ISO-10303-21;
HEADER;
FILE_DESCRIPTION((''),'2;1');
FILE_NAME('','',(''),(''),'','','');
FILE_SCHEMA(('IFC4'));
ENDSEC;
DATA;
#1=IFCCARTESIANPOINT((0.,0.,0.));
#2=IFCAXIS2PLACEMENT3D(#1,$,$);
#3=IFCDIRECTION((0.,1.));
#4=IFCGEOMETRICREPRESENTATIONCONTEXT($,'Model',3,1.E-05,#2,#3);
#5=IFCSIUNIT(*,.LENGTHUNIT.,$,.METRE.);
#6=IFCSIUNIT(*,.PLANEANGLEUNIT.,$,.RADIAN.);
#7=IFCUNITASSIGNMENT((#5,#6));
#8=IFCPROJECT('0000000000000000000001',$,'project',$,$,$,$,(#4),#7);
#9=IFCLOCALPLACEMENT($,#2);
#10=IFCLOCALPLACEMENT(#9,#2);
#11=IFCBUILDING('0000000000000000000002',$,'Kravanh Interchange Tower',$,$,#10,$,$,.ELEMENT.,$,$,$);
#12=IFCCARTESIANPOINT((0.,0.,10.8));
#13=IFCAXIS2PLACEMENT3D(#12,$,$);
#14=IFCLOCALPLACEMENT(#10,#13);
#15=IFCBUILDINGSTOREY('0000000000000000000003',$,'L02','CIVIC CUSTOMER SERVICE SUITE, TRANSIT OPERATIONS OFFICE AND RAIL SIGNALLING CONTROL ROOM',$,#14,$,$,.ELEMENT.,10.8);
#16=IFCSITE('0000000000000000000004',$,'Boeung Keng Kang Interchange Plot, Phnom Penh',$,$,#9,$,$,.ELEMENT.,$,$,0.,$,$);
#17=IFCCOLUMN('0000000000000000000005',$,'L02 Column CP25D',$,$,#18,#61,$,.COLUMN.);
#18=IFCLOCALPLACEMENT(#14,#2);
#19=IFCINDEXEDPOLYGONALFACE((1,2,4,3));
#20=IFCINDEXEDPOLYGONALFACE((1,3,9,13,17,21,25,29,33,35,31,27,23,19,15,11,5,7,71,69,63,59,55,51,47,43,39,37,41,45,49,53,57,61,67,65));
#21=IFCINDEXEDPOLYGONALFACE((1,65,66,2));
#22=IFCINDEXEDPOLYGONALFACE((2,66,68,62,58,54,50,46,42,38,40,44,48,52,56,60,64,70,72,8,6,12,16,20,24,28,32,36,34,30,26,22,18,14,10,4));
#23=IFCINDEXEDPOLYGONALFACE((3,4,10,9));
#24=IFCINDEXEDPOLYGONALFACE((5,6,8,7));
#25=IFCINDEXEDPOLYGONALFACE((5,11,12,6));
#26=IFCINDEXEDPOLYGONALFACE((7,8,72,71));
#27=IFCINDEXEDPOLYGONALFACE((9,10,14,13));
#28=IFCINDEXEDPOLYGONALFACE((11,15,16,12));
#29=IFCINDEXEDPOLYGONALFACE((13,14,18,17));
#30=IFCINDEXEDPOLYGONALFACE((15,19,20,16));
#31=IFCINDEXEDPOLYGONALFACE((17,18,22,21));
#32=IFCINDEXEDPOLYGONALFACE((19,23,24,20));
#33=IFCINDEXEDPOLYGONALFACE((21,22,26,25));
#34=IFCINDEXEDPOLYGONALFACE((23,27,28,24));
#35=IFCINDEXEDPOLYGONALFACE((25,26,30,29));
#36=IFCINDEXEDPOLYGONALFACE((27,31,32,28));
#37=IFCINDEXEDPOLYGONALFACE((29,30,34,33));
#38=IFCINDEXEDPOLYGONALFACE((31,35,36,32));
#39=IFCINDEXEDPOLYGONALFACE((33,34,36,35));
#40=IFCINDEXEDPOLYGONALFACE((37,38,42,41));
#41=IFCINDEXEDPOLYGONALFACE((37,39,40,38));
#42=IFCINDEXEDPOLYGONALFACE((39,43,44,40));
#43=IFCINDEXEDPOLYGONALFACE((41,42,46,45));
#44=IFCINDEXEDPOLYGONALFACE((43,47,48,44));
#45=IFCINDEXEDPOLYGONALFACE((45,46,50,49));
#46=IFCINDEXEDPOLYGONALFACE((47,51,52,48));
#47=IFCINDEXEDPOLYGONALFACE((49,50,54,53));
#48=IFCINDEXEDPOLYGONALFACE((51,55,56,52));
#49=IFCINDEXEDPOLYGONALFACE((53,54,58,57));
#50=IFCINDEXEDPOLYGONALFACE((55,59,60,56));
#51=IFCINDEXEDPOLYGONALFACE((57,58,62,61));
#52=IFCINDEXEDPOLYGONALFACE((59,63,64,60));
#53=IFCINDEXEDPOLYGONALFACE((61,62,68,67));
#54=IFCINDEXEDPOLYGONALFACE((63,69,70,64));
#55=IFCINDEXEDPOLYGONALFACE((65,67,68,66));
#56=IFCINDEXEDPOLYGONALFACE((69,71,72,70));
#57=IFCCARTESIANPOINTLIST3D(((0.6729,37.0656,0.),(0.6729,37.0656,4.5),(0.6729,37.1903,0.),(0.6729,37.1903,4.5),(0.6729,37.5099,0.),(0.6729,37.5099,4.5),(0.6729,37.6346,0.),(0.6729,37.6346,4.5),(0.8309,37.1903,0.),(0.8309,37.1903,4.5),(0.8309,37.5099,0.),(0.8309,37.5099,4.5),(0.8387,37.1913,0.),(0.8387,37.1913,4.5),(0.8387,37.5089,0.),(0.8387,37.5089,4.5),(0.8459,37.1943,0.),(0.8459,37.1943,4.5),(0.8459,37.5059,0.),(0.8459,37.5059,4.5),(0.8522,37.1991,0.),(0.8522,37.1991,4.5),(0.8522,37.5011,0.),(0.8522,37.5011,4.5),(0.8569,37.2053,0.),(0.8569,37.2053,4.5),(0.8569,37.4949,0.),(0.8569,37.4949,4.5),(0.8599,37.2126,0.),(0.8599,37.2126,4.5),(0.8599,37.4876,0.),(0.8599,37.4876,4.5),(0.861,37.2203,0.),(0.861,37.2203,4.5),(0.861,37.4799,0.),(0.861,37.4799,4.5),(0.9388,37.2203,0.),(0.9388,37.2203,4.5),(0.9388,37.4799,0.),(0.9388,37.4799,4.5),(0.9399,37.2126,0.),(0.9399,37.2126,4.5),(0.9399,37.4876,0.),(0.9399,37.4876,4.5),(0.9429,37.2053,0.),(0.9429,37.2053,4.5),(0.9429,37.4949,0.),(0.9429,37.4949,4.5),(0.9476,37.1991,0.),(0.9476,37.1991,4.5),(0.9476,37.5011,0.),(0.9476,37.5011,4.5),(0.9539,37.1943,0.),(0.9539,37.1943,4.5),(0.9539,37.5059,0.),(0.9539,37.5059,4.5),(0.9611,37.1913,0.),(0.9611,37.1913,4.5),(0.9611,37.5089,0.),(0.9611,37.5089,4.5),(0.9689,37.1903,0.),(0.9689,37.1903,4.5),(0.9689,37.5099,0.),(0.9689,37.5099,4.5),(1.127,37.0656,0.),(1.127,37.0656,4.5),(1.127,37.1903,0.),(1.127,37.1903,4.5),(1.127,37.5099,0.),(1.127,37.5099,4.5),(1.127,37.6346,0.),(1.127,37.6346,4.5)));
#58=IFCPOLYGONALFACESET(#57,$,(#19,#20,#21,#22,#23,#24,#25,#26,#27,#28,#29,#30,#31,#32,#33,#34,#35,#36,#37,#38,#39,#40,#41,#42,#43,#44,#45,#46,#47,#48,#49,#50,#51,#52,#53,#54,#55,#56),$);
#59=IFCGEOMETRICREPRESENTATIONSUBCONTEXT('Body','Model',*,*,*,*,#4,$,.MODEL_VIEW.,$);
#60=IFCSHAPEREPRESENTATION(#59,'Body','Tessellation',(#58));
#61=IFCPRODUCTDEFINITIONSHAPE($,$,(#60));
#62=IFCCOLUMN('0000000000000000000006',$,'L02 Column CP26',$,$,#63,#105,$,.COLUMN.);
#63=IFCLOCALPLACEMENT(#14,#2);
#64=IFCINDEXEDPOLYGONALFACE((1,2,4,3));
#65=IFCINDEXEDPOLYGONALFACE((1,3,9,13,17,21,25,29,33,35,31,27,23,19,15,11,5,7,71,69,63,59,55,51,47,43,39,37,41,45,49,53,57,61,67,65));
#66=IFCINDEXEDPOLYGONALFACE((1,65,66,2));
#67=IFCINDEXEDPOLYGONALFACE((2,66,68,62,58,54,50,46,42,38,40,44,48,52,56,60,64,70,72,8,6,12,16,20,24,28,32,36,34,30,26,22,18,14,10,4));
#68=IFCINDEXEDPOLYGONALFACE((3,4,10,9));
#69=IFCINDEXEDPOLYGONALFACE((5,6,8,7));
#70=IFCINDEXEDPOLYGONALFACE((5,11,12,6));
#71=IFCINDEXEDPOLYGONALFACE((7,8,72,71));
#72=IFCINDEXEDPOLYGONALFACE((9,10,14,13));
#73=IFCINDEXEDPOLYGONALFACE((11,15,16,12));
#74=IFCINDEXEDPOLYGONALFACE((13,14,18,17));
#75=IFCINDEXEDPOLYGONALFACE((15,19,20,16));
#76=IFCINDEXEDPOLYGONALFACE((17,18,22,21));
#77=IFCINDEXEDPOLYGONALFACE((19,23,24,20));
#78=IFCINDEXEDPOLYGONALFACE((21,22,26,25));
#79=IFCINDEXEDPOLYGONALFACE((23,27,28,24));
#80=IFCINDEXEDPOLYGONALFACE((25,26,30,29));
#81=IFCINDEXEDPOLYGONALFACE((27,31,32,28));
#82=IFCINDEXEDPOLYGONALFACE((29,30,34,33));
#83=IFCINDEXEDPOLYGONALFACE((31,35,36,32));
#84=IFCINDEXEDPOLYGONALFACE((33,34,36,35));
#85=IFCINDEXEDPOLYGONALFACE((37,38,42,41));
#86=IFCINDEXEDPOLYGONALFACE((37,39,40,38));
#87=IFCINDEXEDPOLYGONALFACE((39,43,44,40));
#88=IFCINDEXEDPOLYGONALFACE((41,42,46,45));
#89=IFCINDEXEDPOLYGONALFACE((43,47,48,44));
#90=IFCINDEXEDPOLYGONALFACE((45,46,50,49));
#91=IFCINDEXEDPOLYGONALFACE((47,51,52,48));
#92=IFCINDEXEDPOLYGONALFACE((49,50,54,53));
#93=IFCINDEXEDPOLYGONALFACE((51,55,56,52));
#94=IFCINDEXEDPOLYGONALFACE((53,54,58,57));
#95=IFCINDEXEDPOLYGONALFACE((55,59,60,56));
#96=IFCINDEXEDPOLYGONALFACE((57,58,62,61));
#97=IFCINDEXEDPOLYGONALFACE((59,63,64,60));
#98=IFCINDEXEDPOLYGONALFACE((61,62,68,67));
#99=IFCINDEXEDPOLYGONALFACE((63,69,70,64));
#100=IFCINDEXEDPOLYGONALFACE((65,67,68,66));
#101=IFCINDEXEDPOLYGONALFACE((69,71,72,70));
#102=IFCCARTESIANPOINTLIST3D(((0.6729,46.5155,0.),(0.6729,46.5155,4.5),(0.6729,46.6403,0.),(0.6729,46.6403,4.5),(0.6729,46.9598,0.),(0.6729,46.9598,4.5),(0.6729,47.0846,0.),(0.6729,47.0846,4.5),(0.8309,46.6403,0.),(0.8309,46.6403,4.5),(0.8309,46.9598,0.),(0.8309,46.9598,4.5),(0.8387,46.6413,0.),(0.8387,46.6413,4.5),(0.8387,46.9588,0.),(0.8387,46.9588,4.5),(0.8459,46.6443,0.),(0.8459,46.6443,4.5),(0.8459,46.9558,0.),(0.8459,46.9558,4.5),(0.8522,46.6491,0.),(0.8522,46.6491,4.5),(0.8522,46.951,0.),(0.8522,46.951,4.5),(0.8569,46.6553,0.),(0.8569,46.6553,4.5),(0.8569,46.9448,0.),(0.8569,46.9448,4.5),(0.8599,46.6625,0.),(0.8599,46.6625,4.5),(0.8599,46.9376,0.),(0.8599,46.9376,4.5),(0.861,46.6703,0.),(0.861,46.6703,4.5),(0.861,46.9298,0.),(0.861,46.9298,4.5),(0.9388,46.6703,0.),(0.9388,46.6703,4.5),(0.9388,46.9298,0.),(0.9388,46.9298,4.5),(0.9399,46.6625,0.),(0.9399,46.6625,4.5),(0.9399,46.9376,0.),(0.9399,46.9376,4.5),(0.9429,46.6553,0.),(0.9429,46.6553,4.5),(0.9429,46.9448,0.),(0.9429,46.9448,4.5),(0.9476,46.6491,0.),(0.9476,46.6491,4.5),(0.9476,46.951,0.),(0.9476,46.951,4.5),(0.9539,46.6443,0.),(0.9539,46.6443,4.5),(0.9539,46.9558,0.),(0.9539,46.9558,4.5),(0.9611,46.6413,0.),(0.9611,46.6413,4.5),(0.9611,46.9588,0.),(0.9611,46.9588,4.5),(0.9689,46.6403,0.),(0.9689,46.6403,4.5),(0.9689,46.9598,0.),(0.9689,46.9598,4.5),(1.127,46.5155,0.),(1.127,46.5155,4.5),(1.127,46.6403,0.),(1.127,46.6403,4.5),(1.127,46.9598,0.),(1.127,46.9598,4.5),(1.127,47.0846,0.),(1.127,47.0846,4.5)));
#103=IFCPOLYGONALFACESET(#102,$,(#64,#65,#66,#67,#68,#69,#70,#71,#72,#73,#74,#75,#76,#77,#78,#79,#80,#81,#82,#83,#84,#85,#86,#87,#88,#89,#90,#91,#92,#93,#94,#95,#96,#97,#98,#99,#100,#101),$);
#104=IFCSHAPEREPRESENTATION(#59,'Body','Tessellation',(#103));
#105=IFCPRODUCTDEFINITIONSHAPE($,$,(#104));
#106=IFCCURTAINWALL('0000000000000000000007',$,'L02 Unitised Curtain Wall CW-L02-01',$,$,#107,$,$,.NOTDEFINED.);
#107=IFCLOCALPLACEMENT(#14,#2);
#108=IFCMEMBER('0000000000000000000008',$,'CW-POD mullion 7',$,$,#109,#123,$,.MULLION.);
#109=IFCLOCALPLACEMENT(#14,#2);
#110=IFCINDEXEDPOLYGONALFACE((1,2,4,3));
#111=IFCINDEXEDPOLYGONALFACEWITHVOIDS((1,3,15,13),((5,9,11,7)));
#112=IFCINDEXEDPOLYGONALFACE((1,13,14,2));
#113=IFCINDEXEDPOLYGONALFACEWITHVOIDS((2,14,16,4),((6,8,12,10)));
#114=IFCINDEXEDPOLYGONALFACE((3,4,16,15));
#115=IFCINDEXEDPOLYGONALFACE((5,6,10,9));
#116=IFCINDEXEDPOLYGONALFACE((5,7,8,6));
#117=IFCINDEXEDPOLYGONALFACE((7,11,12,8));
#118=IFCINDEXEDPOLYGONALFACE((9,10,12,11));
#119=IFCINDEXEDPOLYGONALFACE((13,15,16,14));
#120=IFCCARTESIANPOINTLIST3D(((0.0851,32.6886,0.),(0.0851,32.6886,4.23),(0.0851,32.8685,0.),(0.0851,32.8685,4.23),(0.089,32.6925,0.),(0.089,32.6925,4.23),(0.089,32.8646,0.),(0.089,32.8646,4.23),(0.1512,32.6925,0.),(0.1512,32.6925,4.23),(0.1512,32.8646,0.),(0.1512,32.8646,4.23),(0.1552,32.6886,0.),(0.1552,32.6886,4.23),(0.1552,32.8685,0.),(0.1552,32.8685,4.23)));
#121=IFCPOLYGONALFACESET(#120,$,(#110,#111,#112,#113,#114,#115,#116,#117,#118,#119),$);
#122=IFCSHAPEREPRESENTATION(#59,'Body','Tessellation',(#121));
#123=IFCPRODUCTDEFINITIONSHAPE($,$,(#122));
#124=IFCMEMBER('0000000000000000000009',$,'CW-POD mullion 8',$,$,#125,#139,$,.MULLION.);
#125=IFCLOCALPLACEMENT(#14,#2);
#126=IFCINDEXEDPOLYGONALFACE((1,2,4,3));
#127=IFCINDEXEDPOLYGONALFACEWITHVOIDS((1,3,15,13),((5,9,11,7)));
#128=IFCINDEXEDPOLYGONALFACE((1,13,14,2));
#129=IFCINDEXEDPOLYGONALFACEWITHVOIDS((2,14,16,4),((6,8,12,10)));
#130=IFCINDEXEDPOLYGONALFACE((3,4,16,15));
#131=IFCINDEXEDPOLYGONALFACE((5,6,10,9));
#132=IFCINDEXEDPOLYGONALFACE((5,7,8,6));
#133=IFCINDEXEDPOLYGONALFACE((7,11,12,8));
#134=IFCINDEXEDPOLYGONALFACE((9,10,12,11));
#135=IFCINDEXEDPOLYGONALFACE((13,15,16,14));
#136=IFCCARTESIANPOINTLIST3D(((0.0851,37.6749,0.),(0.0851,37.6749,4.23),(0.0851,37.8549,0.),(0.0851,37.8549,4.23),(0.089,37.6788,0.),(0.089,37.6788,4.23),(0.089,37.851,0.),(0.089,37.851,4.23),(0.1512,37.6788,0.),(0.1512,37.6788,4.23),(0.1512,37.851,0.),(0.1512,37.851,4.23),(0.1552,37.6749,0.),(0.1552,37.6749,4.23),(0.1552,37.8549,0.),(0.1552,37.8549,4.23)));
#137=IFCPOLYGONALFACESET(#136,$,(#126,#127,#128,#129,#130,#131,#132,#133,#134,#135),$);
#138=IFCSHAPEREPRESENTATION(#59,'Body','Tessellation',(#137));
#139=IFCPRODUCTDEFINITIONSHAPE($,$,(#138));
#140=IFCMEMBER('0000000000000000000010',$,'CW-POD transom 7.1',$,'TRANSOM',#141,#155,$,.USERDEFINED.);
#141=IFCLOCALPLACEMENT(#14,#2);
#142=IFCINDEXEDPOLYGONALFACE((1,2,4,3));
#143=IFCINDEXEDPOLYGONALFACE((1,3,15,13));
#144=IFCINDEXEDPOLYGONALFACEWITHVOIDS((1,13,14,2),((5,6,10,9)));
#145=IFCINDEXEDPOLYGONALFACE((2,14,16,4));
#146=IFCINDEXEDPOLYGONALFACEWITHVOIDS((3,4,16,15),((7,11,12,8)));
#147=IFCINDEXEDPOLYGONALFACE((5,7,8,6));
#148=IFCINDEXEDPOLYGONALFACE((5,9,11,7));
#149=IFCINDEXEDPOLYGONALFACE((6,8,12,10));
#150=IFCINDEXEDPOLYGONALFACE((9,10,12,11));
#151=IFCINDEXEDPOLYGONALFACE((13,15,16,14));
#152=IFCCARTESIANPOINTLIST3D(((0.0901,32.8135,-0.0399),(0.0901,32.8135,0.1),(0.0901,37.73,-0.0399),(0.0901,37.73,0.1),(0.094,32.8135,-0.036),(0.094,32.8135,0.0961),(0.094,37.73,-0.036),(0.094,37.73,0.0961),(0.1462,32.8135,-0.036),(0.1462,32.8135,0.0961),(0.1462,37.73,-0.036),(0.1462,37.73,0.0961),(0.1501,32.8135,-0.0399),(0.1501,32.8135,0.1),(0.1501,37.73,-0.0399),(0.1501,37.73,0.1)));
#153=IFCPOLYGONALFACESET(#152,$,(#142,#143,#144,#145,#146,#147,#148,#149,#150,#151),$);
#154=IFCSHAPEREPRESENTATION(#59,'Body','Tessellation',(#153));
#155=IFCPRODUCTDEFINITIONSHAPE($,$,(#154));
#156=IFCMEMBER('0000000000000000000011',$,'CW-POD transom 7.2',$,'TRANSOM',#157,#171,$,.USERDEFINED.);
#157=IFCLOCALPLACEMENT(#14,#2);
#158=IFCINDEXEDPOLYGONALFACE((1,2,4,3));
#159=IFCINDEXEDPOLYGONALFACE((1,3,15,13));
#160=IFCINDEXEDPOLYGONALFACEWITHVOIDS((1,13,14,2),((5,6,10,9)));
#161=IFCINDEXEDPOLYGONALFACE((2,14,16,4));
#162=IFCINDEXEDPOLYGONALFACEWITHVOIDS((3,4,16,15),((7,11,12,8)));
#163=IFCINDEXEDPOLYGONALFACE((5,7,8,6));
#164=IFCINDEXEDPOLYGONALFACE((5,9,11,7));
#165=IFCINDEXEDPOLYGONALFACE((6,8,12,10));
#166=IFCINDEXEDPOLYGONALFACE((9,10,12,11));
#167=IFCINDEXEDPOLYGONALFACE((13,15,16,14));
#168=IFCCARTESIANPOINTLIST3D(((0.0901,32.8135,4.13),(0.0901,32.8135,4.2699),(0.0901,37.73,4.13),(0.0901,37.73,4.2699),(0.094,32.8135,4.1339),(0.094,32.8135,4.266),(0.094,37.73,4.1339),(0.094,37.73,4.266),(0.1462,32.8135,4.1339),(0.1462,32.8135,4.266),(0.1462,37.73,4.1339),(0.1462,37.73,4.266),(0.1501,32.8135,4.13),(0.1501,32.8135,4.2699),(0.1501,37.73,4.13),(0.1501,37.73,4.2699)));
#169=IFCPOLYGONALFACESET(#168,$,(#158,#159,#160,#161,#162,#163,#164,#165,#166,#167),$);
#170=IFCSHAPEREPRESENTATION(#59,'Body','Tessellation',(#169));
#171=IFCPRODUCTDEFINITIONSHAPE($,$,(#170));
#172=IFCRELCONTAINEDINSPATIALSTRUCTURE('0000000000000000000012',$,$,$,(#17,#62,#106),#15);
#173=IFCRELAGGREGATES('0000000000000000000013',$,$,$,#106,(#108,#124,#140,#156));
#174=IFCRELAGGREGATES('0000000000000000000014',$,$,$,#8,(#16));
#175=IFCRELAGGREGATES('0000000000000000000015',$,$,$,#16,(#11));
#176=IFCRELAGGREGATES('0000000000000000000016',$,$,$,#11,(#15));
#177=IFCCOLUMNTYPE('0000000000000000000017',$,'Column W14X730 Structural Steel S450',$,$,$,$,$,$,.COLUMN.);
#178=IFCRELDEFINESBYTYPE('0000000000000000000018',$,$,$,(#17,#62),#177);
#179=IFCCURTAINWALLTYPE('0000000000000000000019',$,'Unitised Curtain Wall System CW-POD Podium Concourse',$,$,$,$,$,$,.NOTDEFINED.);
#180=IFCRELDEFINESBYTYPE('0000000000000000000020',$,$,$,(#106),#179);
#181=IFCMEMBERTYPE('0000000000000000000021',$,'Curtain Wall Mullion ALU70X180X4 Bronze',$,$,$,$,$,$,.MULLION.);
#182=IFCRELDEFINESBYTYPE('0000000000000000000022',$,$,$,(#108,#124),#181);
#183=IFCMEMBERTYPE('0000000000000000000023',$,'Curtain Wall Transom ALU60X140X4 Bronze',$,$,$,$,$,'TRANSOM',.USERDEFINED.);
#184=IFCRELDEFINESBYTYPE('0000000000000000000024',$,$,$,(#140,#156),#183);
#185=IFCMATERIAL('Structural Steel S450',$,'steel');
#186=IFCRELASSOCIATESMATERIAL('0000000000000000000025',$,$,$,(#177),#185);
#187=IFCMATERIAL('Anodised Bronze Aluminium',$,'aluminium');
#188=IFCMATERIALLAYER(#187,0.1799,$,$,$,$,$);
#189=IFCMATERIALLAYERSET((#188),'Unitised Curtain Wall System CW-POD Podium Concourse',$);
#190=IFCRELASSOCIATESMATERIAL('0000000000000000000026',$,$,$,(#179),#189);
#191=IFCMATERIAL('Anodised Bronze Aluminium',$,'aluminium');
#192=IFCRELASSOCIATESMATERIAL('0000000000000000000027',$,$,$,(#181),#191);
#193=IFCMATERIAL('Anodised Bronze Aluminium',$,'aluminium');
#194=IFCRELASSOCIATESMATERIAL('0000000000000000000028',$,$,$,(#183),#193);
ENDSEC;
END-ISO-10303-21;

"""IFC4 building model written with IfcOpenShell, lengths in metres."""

from ifc_helpers import new_model, si_unit, direction, frame, origin, origin_2d, place, context, subcontext, project, spatial, hollow_rectangle, i_section, extrude, material, layer, layer_set, material_profile, profile_set, type_object, element, aggregate, save


model = new_model("IFC4")

# Units and contexts
model_context = context("Model", 3, precision=1e-05, world=origin(), true_north=direction((0.0, 1.0)))
body_context = subcontext(model_context, "Body", "Model", "MODEL_VIEW")
ifc_project = project(units=[si_unit("LENGTHUNIT", "METRE"), si_unit("PLANEANGLEUNIT", "RADIAN")], contexts=[model_context])

# Site, building, storey
site_placement = place(None, origin())
site = spatial("IfcSite", under=ifc_project, at=site_placement, Name="Boeung Keng Kang Interchange Plot, Phnom Penh", CompositionType="ELEMENT", RefElevation=0.0)
building_placement = place(site_placement, origin())
building = spatial("IfcBuilding", under=site, at=building_placement, Name="Kravanh Interchange Tower", CompositionType="ELEMENT")
storey_placement = place(building_placement, frame((0.0, 0.0, 10.8)))
storey = spatial("IfcBuildingStorey", under=building, at=storey_placement, Name="L02", Description="CIVIC CUSTOMER SERVICE SUITE, TRANSIT OPERATIONS OFFICE AND RAIL SIGNALLING CONTROL ROOM", CompositionType="ELEMENT", Elevation=10.8)

# Columns
ifc_material_1 = material(Name="Structural Steel S450", Category="steel")
ifc_material_profile_1 = material_profile(ifc_material_1, i_section(OverallWidth=0.4541, OverallDepth=0.5691, WebThickness=0.0779, FlangeThickness=0.1248, FilletRadius=0.03, at=origin_2d()), Name="W14X730")
ifc_profile_set_1 = profile_set([ifc_material_profile_1], Name="Structural Steel S450")
column_type = type_object("IfcColumnType", Name="Column W14X730 Structural Steel S450", PredefinedType="COLUMN", material=ifc_profile_set_1)
for number, where, z_axis, x_axis, name in (
    (1, (0.8999, 37.3501, 0.0), (0.0, 0.0, 1.0), (1.0, 0.0, 0.0), "L02 Column CP25D"),
    (2, (0.8999, 46.8, 0.0), (0.0, 0.0, 1.0), (1.0, 0.0, 0.0), "L02 Column CP26"),
):
    element("IfcColumn", number, at=place(storey_placement, frame(where, z_axis=z_axis, x_axis=x_axis)), inside=storey, type_object=column_type, Name=name, PredefinedType="COLUMN", context=body_context, shape_type="SweptSolid", body=[
        extrude(i_section(OverallWidth=0.4541, OverallDepth=0.5691, WebThickness=0.0779, FlangeThickness=0.1248, FilletRadius=0.03, at=origin_2d()), origin(), (0.0, 0.0, 1.0), 4.5),
    ])

# Curtain wall, members
ifc_material_2 = material(Name="Anodised Bronze Aluminium", Category="aluminium")
ifc_layer_1 = layer(ifc_material_2, 0.1799)
ifc_layer_set_1 = layer_set([ifc_layer_1], Name="Unitised Curtain Wall System CW-POD Podium Concourse")
curtain_wall_type = type_object("IfcCurtainWallType", Name="Unitised Curtain Wall System CW-POD Podium Concourse", PredefinedType="NOTDEFINED", material=ifc_layer_set_1)
curtain_wall_placement = place(storey_placement, origin())
curtain_wall = element("IfcCurtainWall", 3, at=curtain_wall_placement, inside=storey, type_object=curtain_wall_type, Name="L02 Unitised Curtain Wall CW-L02-01", PredefinedType="NOTDEFINED")
ifc_material_3 = material(Name="Anodised Bronze Aluminium", Category="aluminium")
ifc_material_profile_2 = material_profile(ifc_material_3, hollow_rectangle(XDim=0.0701, YDim=0.1799, WallThickness=0.0039, at=origin_2d()), Name="ALU70X180X4")
ifc_profile_set_2 = profile_set([ifc_material_profile_2], Name="Anodised Bronze Aluminium")
member_type_1 = type_object("IfcMemberType", Name="Curtain Wall Mullion ALU70X180X4 Bronze", PredefinedType="MULLION", material=ifc_profile_set_2)
member_1_placement = place(storey_placement, frame((0.1201, 32.7786, 0.0), z_axis=(0.0, 0.0, 1.0), x_axis=(-1.0, 0.0, 0.0)))
member_1 = element("IfcMember", 4, at=member_1_placement, type_object=member_type_1, Name="CW-POD mullion 7", PredefinedType="MULLION", context=body_context, shape_type="SweptSolid", body=[
    extrude(hollow_rectangle(XDim=0.0701, YDim=0.1799, WallThickness=0.0039, at=origin_2d()), origin(), (0.0, 0.0, 1.0), 4.23),
])
member_2_placement = place(storey_placement, frame((0.1201, 37.7649, 0.0), z_axis=(0.0, 0.0, 1.0), x_axis=(-1.0, 0.0, 0.0)))
member_2 = element("IfcMember", 5, at=member_2_placement, type_object=member_type_1, Name="CW-POD mullion 8", PredefinedType="MULLION", context=body_context, shape_type="SweptSolid", body=[
    extrude(hollow_rectangle(XDim=0.0701, YDim=0.1799, WallThickness=0.0039, at=origin_2d()), origin(), (0.0, 0.0, 1.0), 4.23),
])
ifc_material_4 = material(Name="Anodised Bronze Aluminium", Category="aluminium")
ifc_material_profile_3 = material_profile(ifc_material_4, hollow_rectangle(XDim=0.0601, YDim=0.1399, WallThickness=0.0039, at=origin_2d()), Name="ALU60X140X4")
ifc_profile_set_3 = profile_set([ifc_material_profile_3], Name="Anodised Bronze Aluminium")
member_type_2 = type_object("IfcMemberType", Name="Curtain Wall Transom ALU60X140X4 Bronze", ElementType="TRANSOM", PredefinedType="USERDEFINED", material=ifc_profile_set_3)
member_3_placement = place(storey_placement, frame((0.1201, 32.8135, 0.03), z_axis=(0.0, 1.0, 0.0), x_axis=(-1.0, 0.0, 0.0)))
member_3 = element("IfcMember", 6, at=member_3_placement, type_object=member_type_2, Name="CW-POD transom 7.1", ObjectType="TRANSOM", PredefinedType="USERDEFINED", context=body_context, shape_type="SweptSolid", body=[
    extrude(hollow_rectangle(XDim=0.0601, YDim=0.1399, WallThickness=0.0039, at=origin_2d()), origin(), (0.0, 0.0, 1.0), 4.9165),
])
member_4_placement = place(storey_placement, frame((0.1201, 32.8135, 4.2), z_axis=(0.0, 1.0, 0.0), x_axis=(-1.0, 0.0, 0.0)))
member_4 = element("IfcMember", 7, at=member_4_placement, type_object=member_type_2, Name="CW-POD transom 7.2", ObjectType="TRANSOM", PredefinedType="USERDEFINED", context=body_context, shape_type="SweptSolid", body=[
    extrude(hollow_rectangle(XDim=0.0601, YDim=0.1399, WallThickness=0.0039, at=origin_2d()), origin(), (0.0, 0.0, 1.0), 4.9165),
])

aggregate(curtain_wall, [member_1, member_2, member_3, member_4])

save(model, "model.ifc")
